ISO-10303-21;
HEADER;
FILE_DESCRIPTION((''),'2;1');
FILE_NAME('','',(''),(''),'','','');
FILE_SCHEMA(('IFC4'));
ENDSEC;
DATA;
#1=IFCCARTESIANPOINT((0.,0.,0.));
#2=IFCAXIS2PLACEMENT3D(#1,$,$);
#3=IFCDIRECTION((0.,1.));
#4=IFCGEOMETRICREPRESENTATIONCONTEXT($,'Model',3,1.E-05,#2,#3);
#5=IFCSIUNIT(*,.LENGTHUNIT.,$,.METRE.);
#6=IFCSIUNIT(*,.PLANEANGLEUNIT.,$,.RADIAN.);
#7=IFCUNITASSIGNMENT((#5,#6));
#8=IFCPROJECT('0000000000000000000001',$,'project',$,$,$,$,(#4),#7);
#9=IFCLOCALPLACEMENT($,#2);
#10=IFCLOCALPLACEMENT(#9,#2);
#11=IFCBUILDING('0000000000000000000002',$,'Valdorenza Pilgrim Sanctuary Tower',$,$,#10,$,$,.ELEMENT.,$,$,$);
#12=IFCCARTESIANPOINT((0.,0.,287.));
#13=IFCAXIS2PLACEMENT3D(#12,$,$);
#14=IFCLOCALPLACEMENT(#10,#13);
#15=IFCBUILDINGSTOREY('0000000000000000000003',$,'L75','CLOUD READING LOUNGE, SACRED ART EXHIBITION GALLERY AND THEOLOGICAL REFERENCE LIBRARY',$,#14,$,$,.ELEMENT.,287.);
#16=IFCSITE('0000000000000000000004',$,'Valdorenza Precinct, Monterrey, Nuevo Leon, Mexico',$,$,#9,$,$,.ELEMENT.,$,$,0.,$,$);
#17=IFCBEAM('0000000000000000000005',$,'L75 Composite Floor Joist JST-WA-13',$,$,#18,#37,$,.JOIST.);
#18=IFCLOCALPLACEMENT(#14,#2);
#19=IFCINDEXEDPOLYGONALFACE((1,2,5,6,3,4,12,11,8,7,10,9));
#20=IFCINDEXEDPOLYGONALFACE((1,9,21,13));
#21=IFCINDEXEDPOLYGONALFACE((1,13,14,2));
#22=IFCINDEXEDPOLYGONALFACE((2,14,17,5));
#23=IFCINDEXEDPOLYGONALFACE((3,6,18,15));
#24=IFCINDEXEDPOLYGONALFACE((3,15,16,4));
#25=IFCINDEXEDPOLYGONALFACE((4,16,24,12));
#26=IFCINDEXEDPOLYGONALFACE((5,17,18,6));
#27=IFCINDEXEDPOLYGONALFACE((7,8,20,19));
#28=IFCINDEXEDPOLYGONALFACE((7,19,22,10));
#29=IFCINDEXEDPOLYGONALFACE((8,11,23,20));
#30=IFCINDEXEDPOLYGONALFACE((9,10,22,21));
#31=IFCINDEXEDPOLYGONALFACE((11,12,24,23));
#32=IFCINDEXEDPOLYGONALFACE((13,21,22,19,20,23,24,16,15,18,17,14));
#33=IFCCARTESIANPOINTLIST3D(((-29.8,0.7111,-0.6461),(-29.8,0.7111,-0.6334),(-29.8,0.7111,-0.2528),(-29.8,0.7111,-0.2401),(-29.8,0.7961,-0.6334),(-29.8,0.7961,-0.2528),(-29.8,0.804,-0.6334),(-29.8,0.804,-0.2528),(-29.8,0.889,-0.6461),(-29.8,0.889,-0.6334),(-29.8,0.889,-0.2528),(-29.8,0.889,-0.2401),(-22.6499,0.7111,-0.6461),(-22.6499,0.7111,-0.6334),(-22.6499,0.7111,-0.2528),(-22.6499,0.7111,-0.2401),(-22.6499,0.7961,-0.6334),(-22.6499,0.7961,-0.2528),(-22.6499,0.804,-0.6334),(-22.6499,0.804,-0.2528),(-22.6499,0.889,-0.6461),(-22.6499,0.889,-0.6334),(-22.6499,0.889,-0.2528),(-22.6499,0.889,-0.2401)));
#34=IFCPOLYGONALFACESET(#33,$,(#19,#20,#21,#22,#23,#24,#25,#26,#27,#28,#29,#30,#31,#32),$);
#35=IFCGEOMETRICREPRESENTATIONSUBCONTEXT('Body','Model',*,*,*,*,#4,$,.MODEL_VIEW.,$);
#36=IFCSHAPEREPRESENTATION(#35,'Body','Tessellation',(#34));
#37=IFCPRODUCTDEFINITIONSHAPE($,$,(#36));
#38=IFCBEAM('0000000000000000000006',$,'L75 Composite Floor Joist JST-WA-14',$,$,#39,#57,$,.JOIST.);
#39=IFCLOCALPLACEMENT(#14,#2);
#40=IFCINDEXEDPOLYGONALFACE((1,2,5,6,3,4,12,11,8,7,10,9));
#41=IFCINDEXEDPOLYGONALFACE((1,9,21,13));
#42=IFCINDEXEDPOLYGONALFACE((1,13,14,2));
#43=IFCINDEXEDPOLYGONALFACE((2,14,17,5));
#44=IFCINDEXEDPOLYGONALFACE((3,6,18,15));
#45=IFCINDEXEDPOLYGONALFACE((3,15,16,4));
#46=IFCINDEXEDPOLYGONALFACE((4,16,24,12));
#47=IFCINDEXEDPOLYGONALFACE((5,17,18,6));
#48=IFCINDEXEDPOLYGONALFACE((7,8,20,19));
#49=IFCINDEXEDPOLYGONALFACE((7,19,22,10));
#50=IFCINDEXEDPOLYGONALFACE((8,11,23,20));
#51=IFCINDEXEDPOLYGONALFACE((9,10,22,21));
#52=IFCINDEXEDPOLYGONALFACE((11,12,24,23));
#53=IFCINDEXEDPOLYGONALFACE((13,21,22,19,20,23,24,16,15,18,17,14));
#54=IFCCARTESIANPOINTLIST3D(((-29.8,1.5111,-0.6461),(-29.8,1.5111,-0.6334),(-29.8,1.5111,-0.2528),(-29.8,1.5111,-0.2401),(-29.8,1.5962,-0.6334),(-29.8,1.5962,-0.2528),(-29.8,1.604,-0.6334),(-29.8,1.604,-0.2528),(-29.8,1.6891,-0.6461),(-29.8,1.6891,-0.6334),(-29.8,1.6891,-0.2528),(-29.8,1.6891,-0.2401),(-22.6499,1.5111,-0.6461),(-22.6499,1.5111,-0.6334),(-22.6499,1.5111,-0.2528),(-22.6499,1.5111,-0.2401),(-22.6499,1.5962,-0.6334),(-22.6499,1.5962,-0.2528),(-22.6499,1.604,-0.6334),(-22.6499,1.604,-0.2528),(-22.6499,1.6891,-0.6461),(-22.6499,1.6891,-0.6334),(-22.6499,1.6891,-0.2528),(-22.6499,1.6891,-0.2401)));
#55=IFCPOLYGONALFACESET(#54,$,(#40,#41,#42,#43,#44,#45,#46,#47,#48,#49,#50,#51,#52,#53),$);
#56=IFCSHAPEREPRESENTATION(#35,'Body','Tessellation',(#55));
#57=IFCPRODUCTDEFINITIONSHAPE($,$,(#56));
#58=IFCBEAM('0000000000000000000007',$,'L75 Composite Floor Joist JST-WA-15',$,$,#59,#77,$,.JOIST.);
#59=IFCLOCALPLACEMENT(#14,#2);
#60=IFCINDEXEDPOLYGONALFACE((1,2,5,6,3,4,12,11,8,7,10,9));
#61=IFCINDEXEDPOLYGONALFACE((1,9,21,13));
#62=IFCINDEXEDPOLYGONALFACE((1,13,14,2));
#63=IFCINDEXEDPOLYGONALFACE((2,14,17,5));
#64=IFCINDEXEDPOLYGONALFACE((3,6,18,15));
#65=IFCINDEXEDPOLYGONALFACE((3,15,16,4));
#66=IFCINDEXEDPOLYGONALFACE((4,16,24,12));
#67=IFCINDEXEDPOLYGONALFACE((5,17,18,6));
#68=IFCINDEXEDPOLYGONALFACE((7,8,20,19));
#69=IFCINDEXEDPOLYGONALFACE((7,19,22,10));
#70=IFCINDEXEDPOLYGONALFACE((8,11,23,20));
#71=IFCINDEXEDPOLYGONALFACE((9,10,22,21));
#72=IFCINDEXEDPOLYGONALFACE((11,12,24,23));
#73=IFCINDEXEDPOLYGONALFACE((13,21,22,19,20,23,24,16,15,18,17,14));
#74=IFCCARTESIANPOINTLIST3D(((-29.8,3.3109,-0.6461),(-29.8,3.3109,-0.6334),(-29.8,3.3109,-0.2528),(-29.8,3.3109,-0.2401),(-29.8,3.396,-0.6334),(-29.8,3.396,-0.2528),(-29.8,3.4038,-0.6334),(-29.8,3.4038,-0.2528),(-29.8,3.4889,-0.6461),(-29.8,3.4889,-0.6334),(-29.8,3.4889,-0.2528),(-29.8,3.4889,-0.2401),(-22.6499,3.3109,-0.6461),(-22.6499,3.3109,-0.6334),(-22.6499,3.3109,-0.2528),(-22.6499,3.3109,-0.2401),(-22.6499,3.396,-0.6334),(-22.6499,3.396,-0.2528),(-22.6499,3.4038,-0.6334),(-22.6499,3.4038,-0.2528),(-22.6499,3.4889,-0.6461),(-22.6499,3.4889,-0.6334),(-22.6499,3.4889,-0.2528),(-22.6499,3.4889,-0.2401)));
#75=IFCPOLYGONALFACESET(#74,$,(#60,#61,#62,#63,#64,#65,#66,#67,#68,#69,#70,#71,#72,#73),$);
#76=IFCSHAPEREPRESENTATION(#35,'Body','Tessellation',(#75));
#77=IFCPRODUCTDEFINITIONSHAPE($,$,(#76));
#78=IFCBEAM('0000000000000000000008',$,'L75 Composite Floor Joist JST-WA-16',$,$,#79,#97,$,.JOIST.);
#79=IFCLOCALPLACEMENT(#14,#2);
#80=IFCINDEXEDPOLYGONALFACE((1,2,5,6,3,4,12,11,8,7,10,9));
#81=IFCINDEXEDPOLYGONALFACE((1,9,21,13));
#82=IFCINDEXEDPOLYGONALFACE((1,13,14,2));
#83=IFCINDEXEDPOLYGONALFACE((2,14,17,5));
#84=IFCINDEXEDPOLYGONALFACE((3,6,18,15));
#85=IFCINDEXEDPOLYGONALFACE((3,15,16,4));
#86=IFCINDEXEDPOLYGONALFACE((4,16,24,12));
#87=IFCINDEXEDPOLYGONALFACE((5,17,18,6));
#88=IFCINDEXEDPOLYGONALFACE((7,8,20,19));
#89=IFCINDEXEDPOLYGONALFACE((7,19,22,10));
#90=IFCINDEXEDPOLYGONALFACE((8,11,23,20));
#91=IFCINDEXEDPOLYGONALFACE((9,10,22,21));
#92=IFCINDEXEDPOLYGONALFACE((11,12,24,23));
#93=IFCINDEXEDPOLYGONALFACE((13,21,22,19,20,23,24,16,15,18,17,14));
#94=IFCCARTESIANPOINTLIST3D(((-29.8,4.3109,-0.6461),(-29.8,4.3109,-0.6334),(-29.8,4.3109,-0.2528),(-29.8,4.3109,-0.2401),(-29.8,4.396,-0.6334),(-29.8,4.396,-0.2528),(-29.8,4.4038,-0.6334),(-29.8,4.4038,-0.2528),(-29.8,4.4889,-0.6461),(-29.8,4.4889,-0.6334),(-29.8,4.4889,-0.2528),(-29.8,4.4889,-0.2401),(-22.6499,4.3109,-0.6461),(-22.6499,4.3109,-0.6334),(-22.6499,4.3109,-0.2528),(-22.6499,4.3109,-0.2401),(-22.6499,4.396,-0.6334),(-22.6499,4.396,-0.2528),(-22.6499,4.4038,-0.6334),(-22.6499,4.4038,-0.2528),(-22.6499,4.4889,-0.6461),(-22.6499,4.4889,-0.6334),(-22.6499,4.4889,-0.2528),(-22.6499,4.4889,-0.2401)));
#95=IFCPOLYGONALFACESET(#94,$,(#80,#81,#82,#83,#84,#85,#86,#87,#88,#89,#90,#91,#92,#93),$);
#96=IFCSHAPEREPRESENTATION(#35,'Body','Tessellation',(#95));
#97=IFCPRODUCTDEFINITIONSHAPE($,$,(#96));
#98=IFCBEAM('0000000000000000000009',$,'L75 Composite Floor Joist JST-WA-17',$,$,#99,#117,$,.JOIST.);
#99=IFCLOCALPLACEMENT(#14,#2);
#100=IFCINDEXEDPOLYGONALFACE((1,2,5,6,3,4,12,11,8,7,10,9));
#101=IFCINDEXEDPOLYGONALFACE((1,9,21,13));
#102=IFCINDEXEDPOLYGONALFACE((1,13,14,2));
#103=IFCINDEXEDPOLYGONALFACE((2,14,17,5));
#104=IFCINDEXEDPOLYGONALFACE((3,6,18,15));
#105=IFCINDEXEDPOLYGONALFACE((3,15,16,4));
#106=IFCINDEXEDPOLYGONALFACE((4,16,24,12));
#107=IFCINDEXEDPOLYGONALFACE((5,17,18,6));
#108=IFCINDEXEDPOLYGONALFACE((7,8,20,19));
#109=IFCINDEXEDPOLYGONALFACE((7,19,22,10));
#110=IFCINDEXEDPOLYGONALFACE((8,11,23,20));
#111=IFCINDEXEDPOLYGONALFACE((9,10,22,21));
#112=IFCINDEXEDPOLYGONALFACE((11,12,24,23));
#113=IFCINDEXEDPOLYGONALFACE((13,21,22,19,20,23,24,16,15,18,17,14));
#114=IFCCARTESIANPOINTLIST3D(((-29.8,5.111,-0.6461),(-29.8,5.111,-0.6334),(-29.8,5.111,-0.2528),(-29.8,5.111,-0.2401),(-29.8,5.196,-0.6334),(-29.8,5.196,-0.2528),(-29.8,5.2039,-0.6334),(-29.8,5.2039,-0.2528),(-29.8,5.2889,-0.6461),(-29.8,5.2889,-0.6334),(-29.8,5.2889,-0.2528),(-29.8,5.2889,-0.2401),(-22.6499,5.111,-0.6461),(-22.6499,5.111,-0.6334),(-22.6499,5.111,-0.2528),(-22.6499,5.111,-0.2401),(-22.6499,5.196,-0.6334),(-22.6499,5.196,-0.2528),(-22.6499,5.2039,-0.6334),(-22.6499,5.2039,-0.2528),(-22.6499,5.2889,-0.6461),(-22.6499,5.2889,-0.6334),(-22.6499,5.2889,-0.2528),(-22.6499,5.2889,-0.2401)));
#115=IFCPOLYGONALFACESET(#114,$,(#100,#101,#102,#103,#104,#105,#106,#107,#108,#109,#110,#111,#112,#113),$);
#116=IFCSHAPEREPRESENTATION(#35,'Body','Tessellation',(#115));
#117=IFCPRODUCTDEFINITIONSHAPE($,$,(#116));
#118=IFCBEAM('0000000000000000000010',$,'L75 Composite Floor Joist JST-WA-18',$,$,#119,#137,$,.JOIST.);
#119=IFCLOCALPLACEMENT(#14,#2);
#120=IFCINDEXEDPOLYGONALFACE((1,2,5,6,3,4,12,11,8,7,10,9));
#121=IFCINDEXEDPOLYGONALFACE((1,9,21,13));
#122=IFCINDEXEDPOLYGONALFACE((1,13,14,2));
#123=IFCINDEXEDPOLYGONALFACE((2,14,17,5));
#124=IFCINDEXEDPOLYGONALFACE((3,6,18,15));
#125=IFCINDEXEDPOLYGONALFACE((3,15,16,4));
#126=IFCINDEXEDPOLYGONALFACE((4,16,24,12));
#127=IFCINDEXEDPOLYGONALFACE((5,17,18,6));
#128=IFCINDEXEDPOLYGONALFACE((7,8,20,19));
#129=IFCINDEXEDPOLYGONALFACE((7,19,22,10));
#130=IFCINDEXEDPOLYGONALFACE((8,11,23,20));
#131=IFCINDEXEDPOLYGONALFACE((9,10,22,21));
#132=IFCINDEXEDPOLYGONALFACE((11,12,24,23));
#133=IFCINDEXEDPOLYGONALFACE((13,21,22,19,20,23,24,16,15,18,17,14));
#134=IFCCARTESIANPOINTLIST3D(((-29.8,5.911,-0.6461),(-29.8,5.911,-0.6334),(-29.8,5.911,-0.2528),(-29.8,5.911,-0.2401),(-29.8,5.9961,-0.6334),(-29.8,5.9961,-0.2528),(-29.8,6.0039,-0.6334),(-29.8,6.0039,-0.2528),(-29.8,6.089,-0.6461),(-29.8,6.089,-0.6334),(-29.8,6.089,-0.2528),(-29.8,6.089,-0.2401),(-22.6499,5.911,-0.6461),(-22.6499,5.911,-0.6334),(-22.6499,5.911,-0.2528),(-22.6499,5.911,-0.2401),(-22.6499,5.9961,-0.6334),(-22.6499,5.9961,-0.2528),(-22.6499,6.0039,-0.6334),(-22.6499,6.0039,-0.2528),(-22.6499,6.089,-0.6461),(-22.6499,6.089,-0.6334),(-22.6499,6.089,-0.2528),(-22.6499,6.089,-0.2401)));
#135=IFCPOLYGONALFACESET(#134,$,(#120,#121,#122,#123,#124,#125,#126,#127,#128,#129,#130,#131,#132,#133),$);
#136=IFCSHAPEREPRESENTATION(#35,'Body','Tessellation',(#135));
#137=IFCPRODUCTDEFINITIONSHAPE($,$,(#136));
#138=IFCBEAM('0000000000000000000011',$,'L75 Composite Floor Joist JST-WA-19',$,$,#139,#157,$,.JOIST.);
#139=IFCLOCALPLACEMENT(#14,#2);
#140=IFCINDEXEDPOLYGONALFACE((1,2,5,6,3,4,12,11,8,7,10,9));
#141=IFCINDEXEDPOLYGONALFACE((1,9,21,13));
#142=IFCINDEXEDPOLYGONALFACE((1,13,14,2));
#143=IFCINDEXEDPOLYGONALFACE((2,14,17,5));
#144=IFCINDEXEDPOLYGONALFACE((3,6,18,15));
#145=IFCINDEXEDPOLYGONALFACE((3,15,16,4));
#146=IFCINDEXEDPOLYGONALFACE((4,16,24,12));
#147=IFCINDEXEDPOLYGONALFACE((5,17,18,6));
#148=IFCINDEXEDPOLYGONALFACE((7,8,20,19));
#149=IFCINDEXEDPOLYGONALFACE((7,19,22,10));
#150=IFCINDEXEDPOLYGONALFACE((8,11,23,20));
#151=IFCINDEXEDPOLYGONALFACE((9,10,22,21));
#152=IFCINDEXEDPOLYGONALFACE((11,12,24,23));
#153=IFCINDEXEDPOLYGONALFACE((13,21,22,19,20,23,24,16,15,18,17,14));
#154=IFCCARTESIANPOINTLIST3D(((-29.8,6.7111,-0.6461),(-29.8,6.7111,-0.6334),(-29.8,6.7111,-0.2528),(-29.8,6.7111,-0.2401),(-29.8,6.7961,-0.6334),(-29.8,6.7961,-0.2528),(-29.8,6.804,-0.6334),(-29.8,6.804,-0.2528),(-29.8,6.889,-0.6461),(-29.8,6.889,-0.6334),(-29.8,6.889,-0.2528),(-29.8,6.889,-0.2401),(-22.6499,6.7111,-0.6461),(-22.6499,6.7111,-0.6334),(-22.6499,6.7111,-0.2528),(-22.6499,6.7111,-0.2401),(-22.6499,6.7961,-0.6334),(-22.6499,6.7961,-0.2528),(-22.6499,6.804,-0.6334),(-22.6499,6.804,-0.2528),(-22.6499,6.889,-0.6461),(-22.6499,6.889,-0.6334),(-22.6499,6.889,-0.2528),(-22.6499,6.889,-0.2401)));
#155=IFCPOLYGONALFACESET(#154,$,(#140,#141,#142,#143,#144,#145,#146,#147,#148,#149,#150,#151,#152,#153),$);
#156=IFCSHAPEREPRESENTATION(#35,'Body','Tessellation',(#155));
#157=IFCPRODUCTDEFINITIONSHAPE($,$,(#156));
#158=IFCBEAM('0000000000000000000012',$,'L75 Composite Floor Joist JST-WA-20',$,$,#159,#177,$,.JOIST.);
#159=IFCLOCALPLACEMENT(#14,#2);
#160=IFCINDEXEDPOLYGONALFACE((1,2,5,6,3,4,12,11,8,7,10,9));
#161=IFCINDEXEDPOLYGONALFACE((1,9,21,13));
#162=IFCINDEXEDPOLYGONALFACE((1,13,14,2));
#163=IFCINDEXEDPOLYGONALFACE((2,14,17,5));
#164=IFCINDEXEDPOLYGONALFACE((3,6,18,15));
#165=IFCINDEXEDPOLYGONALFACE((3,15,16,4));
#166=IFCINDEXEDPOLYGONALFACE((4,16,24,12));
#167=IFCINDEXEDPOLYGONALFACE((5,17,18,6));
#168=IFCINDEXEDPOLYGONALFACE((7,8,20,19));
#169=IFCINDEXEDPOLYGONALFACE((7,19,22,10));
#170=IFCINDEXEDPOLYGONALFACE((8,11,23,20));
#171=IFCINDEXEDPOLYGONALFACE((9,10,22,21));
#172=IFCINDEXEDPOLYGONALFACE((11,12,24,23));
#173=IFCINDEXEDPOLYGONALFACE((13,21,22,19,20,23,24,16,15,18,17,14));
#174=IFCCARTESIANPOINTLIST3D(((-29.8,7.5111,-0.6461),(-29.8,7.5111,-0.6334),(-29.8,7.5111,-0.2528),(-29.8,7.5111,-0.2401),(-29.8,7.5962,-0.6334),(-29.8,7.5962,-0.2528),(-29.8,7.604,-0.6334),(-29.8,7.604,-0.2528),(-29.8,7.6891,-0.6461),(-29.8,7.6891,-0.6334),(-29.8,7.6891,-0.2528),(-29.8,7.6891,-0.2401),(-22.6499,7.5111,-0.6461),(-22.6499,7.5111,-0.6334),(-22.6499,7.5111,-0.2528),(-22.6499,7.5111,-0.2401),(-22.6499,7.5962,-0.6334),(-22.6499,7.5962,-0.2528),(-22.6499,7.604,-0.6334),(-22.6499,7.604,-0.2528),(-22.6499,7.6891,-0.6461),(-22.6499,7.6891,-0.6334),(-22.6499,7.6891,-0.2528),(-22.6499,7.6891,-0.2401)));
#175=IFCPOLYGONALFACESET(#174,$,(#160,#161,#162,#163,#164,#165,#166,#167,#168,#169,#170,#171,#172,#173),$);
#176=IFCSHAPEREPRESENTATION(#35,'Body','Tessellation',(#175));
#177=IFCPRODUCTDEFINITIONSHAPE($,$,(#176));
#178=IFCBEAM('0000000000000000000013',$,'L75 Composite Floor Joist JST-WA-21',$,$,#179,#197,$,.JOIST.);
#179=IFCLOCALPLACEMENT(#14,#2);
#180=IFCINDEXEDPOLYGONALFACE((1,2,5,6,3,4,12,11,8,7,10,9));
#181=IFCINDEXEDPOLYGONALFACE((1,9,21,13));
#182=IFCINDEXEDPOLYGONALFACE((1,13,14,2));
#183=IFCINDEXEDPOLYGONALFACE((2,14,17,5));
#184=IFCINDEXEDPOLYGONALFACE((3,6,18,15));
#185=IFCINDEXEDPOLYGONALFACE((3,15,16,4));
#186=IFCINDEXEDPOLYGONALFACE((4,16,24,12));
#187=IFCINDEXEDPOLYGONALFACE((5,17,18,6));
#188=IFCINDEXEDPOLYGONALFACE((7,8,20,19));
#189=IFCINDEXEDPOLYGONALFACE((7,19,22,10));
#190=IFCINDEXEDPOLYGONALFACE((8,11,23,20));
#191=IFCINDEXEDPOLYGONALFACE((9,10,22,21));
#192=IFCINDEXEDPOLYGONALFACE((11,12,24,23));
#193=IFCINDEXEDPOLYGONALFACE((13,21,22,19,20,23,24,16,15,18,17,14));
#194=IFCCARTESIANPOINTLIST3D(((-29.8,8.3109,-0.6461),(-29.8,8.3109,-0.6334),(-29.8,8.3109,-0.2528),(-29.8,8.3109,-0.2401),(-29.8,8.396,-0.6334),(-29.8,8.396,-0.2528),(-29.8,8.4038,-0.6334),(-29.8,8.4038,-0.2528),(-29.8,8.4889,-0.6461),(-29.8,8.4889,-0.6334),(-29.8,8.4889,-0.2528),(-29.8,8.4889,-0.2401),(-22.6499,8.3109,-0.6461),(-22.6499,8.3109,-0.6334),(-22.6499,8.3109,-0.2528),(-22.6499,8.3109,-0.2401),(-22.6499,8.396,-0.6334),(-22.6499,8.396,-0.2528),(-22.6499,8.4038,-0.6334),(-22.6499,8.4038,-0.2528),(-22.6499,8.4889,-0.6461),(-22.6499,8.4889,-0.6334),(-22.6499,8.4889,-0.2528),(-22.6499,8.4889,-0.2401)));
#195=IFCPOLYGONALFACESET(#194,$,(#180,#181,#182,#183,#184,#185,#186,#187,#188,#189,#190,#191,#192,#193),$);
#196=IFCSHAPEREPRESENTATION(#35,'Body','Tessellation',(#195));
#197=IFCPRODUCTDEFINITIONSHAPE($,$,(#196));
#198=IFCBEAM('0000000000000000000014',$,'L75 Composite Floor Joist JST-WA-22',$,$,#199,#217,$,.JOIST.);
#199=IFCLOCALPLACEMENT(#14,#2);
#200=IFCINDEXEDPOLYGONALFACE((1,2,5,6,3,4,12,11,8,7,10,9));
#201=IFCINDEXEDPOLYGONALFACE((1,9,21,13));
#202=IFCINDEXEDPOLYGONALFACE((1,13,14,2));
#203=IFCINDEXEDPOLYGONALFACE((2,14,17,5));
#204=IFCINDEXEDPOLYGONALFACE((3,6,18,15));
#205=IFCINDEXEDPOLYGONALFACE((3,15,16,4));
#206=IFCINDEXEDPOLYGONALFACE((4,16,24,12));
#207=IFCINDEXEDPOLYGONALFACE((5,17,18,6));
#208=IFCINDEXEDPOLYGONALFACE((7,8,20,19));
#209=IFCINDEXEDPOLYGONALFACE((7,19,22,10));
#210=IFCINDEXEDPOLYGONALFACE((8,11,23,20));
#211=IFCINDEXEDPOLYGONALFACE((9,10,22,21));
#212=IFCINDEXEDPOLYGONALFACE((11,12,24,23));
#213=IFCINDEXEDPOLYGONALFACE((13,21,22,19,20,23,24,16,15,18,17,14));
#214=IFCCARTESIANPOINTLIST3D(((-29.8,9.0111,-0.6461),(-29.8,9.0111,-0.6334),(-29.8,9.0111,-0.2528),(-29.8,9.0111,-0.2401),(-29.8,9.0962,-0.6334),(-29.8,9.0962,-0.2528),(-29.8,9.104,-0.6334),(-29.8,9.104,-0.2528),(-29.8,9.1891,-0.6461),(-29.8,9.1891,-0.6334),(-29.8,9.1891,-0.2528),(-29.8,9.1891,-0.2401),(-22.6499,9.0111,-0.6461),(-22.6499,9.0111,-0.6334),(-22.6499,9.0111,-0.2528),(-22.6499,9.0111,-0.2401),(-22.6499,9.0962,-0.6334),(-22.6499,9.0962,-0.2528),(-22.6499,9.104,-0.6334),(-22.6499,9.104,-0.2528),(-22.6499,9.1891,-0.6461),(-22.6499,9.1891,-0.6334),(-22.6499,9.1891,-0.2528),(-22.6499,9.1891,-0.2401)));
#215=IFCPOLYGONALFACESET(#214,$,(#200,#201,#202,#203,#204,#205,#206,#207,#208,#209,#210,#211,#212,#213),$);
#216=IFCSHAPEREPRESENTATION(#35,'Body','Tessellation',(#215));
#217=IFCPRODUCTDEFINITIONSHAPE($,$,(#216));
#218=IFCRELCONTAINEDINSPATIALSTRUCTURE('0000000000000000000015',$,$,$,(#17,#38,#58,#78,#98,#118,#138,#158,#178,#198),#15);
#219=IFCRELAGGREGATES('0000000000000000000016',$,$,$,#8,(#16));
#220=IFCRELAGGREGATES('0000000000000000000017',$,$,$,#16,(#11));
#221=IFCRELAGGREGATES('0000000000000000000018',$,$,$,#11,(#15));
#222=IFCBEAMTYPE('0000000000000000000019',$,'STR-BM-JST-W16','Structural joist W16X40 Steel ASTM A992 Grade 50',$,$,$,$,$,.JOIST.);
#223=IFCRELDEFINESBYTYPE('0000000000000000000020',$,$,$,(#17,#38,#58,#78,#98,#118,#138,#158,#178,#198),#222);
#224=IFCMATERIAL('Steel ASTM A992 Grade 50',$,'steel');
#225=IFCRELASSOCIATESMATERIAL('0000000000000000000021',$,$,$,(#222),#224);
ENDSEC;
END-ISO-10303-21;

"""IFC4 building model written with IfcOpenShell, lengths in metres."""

from ifc_helpers import new_model, si_unit, direction, frame, origin, origin_2d, place, context, subcontext, project, spatial, i_section, extrude, source, transform, mapped, material, material_profile, profile_set, type_object, element, save


model = new_model("IFC4")

# Units and contexts
model_context = context("Model", 3, precision=1e-05, world=origin(), true_north=direction((0.0, 1.0)))
body_context = subcontext(model_context, "Body", "Model", "MODEL_VIEW")
ifc_project = project(units=[si_unit("LENGTHUNIT", "METRE"), si_unit("PLANEANGLEUNIT", "RADIAN")], contexts=[model_context])

# Site, building, storey
site_placement = place(None, origin())
site = spatial("IfcSite", under=ifc_project, at=site_placement, Name="Valdorenza Precinct, Monterrey, Nuevo Leon, Mexico", CompositionType="ELEMENT", RefElevation=0.0)
building_placement = place(site_placement, origin())
building = spatial("IfcBuilding", under=site, at=building_placement, Name="Valdorenza Pilgrim Sanctuary Tower", CompositionType="ELEMENT")
storey_placement = place(building_placement, frame((0.0, 0.0, 287.0)))
storey = spatial("IfcBuildingStorey", under=building, at=storey_placement, Name="L75", Description="CLOUD READING LOUNGE, SACRED ART EXHIBITION GALLERY AND THEOLOGICAL REFERENCE LIBRARY", CompositionType="ELEMENT", Elevation=287.0)

# Beams
ifc_material_1 = material(Name="Steel ASTM A992 Grade 50", Category="steel")
ifc_material_profile_1 = material_profile(ifc_material_1, i_section(OverallWidth=0.178, OverallDepth=0.406, WebThickness=0.0078, FlangeThickness=0.0127, at=origin_2d()), Name="W16X40")
ifc_profile_set_1 = profile_set([ifc_material_profile_1], Name="Steel ASTM A992 Grade 50")
beam_type = type_object("IfcBeamType", Name="STR-BM-JST-W16", Description="Structural joist W16X40 Steel ASTM A992 Grade 50", PredefinedType="JOIST", material=ifc_profile_set_1)
shared_shape_1 = source(origin(), body_context, "Body", "SweptSolid", [
    extrude(i_section(OverallWidth=0.178, OverallDepth=0.406, WebThickness=0.0078, FlangeThickness=0.0127, at=origin_2d()), origin(), (0.0, 0.0, 1.0), 7.1501),
])
for number, where, z_axis, x_axis, name in (
    (1, (-29.8, 0.8, -0.4431), (1.0, 0.0, 0.0), (0.0, 1.0, 0.0), "L75 Composite Floor Joist JST-WA-13"),
    (2, (-29.8, 1.6001, -0.4431), (1.0, 0.0, 0.0), (0.0, 1.0, 0.0), "L75 Composite Floor Joist JST-WA-14"),
    (3, (-29.8, 3.3999, -0.4431), (1.0, 0.0, 0.0), (0.0, 1.0, 0.0), "L75 Composite Floor Joist JST-WA-15"),
    (4, (-29.8, 4.3999, -0.4431), (1.0, 0.0, 0.0), (0.0, 1.0, 0.0), "L75 Composite Floor Joist JST-WA-16"),
    (5, (-29.8, 5.2, -0.4431), (1.0, 0.0, 0.0), (0.0, 1.0, 0.0), "L75 Composite Floor Joist JST-WA-17"),
    (6, (-29.8, 6.0, -0.4431), (1.0, 0.0, 0.0), (0.0, 1.0, 0.0), "L75 Composite Floor Joist JST-WA-18"),
    (7, (-29.8, 6.8, -0.4431), (1.0, 0.0, 0.0), (0.0, 1.0, 0.0), "L75 Composite Floor Joist JST-WA-19"),
    (8, (-29.8, 7.6001, -0.4431), (1.0, 0.0, 0.0), (0.0, 1.0, 0.0), "L75 Composite Floor Joist JST-WA-20"),
    (9, (-29.8, 8.3999, -0.4431), (1.0, 0.0, 0.0), (0.0, 1.0, 0.0), "L75 Composite Floor Joist JST-WA-21"),
    (10, (-29.8, 9.1001, -0.4431), (1.0, 0.0, 0.0), (0.0, 1.0, 0.0), "L75 Composite Floor Joist JST-WA-22"),
):
    element("IfcBeam", number, at=place(storey_placement, frame(where, z_axis=z_axis, x_axis=x_axis)), inside=storey, type_object=beam_type, Name=name, PredefinedType="JOIST", context=body_context, shape_type="MappedRepresentation", body=[
        mapped(shared_shape_1, transform((0.0, 0.0, 0.0), x_axis=(1.0, 0.0, 0.0), y_axis=(0.0, 1.0, 0.0), z_axis=(0.0, 0.0, 1.0), scale=1.0)),
    ])

save(model, "model.ifc")
